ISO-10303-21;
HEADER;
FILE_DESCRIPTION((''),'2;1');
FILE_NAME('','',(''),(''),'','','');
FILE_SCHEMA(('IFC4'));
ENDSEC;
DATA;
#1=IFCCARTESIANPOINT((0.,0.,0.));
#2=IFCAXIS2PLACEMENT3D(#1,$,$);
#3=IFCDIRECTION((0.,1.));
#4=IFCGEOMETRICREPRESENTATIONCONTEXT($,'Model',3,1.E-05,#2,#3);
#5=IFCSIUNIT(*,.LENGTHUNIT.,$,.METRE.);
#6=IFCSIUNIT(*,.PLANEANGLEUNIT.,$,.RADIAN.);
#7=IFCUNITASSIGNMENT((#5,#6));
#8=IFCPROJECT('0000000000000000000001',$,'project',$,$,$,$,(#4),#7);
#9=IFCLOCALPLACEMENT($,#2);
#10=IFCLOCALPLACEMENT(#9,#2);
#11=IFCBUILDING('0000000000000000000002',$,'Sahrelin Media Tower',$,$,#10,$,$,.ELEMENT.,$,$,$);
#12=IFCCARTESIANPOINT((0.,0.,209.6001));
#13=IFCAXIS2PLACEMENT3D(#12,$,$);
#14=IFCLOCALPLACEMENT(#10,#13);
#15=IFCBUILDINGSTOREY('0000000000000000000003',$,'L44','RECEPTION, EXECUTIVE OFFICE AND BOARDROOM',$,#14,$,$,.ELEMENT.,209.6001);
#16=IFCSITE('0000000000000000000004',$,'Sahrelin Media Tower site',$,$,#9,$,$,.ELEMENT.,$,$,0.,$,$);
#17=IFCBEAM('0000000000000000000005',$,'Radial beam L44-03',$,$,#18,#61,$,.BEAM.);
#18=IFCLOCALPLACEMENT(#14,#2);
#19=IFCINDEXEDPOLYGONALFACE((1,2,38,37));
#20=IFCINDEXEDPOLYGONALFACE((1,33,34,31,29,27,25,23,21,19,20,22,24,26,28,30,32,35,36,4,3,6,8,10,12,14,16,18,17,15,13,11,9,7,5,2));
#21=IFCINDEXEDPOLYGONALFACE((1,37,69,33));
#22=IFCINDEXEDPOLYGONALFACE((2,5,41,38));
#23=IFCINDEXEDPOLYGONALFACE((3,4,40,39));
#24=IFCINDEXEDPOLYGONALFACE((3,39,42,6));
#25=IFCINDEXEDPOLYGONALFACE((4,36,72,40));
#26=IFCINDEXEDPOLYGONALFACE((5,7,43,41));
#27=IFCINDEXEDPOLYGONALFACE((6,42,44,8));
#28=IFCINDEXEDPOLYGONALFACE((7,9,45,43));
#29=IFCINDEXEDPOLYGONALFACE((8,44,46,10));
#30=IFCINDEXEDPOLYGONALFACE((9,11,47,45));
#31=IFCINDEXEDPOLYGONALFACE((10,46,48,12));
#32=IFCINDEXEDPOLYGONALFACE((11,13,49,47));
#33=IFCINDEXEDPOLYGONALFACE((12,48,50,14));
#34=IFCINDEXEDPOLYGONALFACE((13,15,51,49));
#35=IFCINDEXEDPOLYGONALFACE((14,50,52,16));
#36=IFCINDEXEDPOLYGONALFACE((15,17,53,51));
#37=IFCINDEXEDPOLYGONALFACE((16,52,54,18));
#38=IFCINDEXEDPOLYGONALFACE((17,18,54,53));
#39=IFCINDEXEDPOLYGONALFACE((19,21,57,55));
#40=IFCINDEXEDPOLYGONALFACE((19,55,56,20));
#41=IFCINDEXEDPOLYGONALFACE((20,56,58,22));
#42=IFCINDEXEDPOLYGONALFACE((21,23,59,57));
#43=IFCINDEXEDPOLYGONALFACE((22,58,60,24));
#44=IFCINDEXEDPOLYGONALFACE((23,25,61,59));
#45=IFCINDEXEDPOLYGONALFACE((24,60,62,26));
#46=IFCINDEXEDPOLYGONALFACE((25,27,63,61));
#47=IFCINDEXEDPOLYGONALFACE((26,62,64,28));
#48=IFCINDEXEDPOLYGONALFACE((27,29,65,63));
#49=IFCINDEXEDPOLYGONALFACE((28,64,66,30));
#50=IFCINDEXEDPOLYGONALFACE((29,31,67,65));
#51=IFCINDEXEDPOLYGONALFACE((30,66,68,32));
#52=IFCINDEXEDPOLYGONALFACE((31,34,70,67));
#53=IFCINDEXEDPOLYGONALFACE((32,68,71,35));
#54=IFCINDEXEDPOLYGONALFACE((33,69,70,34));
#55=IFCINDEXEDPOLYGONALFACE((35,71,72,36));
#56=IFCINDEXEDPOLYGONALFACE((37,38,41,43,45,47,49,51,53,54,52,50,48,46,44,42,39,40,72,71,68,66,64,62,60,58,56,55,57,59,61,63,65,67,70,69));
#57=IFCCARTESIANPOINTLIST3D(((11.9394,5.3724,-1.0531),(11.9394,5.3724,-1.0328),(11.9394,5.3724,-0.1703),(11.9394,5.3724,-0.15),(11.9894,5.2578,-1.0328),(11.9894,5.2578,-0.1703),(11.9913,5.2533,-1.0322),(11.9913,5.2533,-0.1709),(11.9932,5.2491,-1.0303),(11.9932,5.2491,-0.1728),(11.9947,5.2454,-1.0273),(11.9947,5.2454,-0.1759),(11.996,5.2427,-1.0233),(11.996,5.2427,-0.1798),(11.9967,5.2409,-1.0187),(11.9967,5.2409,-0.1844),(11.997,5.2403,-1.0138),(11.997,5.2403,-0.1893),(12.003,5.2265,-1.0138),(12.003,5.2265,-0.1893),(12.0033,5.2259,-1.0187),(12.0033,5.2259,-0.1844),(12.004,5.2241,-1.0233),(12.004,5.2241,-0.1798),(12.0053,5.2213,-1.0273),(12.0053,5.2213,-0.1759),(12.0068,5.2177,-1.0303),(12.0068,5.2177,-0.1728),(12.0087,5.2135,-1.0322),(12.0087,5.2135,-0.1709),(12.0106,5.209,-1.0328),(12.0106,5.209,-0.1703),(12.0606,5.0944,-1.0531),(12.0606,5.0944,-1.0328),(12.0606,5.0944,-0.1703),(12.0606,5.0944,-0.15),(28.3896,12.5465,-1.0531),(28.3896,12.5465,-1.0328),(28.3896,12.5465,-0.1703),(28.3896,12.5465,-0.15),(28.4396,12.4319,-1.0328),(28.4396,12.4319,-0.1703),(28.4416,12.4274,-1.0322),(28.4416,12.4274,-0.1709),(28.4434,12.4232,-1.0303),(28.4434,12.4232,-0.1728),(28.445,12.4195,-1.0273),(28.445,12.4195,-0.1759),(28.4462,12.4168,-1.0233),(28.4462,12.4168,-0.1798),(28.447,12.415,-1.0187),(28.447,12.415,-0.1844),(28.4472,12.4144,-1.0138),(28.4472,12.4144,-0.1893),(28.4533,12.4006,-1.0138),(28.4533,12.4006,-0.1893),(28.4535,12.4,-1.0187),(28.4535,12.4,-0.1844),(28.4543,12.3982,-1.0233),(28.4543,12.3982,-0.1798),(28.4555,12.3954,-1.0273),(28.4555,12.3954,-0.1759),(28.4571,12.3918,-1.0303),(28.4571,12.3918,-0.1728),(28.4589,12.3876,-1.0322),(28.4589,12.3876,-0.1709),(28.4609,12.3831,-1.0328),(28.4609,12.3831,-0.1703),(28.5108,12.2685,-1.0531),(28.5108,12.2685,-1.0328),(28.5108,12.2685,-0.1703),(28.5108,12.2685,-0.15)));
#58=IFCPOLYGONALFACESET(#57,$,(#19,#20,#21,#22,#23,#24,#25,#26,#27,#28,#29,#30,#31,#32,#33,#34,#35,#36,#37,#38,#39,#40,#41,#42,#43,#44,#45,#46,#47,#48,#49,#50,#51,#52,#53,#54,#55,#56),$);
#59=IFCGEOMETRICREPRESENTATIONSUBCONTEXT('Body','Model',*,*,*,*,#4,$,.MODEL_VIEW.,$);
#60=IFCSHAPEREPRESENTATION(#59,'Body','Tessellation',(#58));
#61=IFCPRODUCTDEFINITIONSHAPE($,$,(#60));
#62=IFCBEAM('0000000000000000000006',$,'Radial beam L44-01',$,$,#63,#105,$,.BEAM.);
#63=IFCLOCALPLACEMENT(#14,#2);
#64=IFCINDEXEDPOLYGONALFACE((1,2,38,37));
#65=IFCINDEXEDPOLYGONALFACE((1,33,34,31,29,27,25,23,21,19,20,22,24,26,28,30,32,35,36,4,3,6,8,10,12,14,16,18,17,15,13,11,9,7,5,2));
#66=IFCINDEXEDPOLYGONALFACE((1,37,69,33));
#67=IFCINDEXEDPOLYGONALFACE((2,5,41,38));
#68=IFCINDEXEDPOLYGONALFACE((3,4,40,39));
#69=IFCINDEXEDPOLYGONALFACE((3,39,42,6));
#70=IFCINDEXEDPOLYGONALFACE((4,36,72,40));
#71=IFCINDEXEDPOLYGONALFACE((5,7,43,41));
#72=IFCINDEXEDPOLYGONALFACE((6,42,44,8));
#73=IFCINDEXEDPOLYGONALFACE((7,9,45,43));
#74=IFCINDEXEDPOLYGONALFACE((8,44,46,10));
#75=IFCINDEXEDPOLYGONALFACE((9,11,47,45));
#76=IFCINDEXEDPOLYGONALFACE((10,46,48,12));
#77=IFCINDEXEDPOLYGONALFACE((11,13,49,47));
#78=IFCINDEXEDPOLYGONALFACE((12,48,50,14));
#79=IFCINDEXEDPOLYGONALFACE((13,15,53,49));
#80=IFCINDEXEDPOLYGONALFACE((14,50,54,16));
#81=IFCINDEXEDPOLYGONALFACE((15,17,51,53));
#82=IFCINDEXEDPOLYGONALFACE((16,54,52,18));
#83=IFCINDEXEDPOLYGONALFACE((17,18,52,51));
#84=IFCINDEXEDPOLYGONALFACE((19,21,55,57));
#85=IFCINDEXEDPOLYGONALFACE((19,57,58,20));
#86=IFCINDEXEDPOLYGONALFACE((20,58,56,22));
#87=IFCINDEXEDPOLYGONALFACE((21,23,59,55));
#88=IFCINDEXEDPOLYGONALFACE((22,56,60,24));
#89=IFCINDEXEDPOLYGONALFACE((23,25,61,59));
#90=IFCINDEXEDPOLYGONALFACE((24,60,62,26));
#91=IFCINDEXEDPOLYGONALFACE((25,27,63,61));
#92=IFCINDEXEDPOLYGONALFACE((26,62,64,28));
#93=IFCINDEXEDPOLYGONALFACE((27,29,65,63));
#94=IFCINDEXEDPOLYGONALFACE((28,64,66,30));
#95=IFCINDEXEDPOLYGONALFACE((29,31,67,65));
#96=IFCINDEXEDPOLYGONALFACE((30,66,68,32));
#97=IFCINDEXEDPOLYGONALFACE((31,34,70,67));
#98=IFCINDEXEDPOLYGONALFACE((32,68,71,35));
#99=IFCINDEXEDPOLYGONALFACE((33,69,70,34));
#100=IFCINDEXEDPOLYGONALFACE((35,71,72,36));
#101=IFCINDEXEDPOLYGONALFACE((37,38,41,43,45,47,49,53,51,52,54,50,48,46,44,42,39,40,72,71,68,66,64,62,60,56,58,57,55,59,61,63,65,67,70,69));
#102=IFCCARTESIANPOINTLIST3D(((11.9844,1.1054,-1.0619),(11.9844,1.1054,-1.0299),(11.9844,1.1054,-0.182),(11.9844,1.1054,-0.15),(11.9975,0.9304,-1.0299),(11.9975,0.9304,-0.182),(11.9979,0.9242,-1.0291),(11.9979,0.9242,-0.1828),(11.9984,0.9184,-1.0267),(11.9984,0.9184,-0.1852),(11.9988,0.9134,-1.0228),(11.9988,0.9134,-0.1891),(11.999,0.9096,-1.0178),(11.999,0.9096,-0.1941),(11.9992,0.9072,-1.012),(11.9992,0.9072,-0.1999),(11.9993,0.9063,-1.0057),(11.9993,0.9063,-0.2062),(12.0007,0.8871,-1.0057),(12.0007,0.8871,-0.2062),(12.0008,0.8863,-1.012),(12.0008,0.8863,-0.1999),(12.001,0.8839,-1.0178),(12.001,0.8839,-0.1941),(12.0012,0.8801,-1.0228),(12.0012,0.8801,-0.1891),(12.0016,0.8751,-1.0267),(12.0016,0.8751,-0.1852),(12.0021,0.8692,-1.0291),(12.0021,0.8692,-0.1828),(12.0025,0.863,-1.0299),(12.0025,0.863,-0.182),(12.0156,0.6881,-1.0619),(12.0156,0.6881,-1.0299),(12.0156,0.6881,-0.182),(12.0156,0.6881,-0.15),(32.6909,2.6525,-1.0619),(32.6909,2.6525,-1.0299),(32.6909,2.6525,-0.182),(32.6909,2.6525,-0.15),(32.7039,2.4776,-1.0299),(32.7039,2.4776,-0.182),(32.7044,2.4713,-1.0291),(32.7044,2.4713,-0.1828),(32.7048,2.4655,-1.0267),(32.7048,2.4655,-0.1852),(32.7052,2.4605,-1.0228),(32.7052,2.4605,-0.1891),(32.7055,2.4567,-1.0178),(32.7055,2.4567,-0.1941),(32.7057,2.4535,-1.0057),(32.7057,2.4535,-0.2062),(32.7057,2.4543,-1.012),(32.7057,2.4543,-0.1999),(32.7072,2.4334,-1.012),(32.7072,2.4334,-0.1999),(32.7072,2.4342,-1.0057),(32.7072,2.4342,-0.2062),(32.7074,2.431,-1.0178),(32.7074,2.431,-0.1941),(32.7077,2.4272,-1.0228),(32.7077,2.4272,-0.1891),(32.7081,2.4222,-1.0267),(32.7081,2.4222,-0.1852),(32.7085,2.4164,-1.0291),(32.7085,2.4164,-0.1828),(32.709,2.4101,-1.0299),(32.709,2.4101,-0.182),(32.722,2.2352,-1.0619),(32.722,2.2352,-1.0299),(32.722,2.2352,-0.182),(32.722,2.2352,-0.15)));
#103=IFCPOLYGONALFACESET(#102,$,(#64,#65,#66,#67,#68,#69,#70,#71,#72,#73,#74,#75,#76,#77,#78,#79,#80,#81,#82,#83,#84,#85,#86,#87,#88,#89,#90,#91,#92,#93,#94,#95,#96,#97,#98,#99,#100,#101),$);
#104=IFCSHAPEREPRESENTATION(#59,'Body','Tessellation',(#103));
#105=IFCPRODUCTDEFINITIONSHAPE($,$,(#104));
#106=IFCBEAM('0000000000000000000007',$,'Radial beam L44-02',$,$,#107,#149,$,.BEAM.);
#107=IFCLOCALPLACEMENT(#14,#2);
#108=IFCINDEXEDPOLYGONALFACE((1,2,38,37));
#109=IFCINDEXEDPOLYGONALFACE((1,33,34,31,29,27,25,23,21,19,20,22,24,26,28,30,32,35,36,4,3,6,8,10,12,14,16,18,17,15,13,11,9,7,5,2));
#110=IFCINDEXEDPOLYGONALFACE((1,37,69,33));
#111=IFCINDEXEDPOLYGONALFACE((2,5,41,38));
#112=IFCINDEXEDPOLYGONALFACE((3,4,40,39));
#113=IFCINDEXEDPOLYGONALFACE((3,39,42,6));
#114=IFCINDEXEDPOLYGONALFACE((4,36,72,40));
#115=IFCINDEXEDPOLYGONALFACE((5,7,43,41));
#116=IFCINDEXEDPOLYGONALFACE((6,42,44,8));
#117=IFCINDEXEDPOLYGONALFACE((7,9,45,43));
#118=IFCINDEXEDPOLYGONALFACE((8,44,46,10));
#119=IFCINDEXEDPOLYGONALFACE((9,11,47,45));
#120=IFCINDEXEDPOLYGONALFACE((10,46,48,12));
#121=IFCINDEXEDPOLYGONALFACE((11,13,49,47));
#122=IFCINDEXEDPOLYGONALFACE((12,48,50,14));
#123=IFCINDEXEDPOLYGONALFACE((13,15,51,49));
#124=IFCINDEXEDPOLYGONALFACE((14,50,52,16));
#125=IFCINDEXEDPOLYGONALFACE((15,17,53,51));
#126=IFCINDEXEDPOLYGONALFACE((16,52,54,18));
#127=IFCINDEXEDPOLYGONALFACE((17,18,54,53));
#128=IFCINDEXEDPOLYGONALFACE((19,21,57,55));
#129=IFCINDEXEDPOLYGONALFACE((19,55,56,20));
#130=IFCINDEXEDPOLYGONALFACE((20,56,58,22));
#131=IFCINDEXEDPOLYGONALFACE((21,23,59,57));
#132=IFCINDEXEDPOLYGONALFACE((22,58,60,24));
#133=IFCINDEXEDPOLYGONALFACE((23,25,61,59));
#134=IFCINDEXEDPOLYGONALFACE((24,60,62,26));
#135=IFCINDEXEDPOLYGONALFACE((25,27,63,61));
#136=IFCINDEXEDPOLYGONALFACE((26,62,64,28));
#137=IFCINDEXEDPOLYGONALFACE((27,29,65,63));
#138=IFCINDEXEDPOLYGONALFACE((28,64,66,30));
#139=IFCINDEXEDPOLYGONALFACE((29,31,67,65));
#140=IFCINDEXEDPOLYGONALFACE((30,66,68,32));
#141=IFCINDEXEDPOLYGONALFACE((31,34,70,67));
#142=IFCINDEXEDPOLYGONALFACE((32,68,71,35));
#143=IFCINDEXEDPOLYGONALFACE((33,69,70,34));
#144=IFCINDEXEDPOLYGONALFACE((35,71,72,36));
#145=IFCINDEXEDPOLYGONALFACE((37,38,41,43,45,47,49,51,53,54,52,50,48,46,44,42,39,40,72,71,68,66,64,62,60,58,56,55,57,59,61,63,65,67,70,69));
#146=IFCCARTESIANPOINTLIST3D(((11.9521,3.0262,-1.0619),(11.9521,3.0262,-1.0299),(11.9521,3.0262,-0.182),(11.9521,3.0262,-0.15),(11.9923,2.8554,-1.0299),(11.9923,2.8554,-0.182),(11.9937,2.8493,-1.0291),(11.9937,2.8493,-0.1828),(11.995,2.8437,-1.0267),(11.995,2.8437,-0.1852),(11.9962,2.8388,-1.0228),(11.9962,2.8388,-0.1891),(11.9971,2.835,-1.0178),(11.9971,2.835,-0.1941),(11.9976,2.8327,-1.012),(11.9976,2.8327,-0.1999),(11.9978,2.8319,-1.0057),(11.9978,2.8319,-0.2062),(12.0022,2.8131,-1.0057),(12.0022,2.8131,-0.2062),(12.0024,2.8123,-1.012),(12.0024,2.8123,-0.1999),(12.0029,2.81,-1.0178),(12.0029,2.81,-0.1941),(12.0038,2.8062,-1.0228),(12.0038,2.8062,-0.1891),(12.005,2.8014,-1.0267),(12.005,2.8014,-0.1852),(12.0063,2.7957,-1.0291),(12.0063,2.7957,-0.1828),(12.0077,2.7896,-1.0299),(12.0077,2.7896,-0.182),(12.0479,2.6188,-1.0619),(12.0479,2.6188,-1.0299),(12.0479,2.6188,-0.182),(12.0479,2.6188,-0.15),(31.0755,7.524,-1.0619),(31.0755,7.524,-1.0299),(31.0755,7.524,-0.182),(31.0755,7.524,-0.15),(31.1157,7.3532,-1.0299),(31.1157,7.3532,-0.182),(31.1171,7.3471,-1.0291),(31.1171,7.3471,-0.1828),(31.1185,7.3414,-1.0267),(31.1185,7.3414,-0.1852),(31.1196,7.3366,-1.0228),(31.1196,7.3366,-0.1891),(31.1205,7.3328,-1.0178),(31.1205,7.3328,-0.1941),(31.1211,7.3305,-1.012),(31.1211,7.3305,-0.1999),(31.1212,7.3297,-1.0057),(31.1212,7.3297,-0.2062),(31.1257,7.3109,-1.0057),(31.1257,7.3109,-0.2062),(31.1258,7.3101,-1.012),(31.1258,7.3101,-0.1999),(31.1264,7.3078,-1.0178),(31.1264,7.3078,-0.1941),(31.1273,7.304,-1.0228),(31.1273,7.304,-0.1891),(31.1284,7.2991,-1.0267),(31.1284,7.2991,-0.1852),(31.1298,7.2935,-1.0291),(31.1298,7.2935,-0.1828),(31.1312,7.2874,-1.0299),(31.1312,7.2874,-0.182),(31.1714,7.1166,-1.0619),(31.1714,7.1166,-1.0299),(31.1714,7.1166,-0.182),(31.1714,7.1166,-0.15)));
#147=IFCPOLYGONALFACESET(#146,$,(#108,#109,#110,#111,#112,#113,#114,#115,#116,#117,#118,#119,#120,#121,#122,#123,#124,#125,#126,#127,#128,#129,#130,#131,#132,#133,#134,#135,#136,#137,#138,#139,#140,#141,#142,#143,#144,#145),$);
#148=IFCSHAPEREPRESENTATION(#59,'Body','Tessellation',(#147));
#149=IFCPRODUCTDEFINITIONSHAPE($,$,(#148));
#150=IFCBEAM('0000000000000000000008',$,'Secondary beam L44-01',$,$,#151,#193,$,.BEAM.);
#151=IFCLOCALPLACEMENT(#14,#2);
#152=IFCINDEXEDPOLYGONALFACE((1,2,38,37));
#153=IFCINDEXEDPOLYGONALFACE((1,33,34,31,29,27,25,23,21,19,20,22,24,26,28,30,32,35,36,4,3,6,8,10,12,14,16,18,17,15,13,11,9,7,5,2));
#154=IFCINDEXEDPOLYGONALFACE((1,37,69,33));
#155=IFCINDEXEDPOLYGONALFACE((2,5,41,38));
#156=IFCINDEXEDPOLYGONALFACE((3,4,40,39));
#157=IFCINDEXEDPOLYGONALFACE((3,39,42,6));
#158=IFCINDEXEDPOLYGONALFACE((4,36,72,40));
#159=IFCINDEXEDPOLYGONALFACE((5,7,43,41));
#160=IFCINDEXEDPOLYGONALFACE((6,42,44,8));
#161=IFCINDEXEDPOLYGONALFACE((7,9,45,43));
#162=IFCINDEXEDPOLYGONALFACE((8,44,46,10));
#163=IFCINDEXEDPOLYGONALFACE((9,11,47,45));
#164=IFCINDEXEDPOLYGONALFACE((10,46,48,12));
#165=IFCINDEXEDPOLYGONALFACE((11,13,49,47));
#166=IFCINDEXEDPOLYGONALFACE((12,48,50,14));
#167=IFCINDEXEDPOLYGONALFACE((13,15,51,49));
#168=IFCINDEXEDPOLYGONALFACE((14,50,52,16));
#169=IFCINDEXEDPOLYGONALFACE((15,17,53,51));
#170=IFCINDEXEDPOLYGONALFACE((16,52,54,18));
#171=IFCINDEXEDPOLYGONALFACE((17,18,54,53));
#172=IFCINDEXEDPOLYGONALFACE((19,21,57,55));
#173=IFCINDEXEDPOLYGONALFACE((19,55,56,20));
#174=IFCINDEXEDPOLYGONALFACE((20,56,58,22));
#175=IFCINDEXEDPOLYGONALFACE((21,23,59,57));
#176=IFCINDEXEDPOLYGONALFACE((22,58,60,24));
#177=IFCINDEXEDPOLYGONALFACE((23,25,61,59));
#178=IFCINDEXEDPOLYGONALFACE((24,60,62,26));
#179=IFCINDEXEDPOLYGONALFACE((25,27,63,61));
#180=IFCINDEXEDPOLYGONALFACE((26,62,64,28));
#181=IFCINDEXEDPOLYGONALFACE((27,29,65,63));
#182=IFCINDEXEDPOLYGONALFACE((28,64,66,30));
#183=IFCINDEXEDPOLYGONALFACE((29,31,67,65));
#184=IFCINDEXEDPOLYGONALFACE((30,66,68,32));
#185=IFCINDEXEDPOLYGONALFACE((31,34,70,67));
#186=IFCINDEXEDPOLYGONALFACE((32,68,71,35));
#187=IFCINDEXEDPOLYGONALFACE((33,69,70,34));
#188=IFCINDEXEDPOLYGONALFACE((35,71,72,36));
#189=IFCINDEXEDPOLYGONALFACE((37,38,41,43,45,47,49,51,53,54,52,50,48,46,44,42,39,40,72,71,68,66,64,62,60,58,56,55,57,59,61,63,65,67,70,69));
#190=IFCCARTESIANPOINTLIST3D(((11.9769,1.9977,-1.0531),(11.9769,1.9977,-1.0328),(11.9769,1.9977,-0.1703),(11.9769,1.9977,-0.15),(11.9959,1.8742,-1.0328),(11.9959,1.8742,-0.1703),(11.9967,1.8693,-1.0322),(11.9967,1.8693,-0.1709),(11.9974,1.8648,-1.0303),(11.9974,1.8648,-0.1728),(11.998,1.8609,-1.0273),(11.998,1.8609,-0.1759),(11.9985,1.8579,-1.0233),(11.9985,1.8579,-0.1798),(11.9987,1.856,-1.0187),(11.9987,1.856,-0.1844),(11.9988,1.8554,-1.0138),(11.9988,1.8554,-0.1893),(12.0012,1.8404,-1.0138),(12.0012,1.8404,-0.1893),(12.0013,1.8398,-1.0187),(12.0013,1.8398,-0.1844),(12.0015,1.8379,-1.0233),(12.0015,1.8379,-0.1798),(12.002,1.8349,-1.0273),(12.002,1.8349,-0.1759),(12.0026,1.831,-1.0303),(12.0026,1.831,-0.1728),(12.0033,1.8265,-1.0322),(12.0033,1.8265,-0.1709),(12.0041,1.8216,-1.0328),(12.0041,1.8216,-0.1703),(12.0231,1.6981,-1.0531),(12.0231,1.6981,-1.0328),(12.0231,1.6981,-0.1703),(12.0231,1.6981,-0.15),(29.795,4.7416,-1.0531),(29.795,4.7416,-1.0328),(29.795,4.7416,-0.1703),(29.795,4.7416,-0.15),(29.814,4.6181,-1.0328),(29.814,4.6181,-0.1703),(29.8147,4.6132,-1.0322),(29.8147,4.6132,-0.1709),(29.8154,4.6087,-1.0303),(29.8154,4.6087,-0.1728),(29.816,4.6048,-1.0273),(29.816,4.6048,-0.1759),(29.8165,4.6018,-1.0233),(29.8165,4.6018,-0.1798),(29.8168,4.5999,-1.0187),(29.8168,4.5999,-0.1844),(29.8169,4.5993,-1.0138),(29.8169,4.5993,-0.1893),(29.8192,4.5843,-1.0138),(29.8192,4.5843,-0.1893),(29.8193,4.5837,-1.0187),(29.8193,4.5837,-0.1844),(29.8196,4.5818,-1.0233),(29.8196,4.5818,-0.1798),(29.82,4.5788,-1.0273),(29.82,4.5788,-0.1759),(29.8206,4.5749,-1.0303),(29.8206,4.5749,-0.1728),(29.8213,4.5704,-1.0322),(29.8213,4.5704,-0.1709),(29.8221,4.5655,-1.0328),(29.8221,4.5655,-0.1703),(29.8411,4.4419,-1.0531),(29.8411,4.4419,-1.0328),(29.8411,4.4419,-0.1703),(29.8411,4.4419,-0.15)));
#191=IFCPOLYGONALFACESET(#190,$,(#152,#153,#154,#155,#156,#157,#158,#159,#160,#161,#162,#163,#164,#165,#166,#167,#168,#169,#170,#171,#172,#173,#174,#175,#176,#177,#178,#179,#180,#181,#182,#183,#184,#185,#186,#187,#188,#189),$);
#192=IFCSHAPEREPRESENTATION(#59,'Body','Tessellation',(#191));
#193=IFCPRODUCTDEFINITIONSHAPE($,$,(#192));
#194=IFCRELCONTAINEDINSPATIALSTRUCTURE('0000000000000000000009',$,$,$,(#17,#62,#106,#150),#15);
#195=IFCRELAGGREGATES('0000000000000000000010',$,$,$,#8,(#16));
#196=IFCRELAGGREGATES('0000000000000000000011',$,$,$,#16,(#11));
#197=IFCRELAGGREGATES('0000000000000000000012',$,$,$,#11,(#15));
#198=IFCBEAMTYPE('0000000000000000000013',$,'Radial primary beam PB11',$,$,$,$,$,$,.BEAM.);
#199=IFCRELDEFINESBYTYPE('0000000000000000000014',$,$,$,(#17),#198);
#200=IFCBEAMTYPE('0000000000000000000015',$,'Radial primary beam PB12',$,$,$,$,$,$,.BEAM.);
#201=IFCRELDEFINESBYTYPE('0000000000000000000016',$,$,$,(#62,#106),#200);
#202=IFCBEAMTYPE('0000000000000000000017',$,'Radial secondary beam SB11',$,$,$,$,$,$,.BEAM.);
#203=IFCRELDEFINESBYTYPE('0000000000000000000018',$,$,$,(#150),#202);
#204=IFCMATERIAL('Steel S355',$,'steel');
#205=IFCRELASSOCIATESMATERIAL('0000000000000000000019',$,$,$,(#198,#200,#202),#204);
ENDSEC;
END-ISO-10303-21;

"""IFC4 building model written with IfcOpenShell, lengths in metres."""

from ifc_helpers import new_model, si_unit, direction, frame, origin, origin_2d, place, context, subcontext, project, spatial, i_section, extrude, material, material_profile, profile_set, type_object, element, save


model = new_model("IFC4")

# Units and contexts
model_context = context("Model", 3, precision=1e-05, world=origin(), true_north=direction((0.0, 1.0)))
body_context = subcontext(model_context, "Body", "Model", "MODEL_VIEW")
ifc_project = project(units=[si_unit("LENGTHUNIT", "METRE"), si_unit("PLANEANGLEUNIT", "RADIAN")], contexts=[model_context])

# Site, building, storey
site_placement = place(None, origin())
site = spatial("IfcSite", under=ifc_project, at=site_placement, Name="Sahrelin Media Tower site", CompositionType="ELEMENT", RefElevation=0.0)
building_placement = place(site_placement, origin())
building = spatial("IfcBuilding", under=site, at=building_placement, Name="Sahrelin Media Tower", CompositionType="ELEMENT")
storey_placement = place(building_placement, frame((0.0, 0.0, 209.6001)))
storey = spatial("IfcBuildingStorey", under=building, at=storey_placement, Name="L44", Description="RECEPTION, EXECUTIVE OFFICE AND BOARDROOM", CompositionType="ELEMENT", Elevation=209.6001)

# Beams
ifc_material_1 = material(Name="Steel S355", Category="steel")
ifc_material_profile_1 = material_profile(ifc_material_1, i_section(OverallWidth=0.3032, OverallDepth=0.9031, WebThickness=0.0151, FlangeThickness=0.0203, FilletRadius=0.019, at=origin_2d()), Name="UB 914x305x201")
ifc_profile_set_1 = profile_set([ifc_material_profile_1], Name="Steel S355")
beam_type_1 = type_object("IfcBeamType", Name="Radial primary beam PB11", PredefinedType="BEAM", material=ifc_profile_set_1)
beam_1_placement = place(storey_placement, frame((12.0, 5.2334, -0.6016), z_axis=(0.916625, 0.399748, 0.0), x_axis=(-0.399748, 0.916625, 0.0)))
element("IfcBeam", 1, at=beam_1_placement, inside=storey, type_object=beam_type_1, Name="Radial beam L44-03", PredefinedType="BEAM", context=body_context, shape_type="SweptSolid", body=[
    extrude(i_section(OverallWidth=0.3032, OverallDepth=0.9031, WebThickness=0.0151, FlangeThickness=0.0203, FilletRadius=0.019, at=origin_2d()), origin(), (0.0, 0.0, 1.0), 17.9465),
])
ifc_material_profile_2 = material_profile(ifc_material_1, i_section(OverallWidth=0.4185, OverallDepth=0.9119, WebThickness=0.0193, FlangeThickness=0.032, FilletRadius=0.0242, at=origin_2d()), Name="UB 914x419x343")
ifc_profile_set_2 = profile_set([ifc_material_profile_2], Name="Steel S355")
beam_type_2 = type_object("IfcBeamType", Name="Radial primary beam PB12", PredefinedType="BEAM", material=ifc_profile_set_2)
beam_2_placement = place(storey_placement, frame((12.0, 0.8967, -0.606), z_axis=(0.99722, 0.074509, 0.0), x_axis=(-0.074509, 0.99722, 0.0)))
element("IfcBeam", 2, at=beam_2_placement, inside=storey, type_object=beam_type_2, Name="Radial beam L44-01", PredefinedType="BEAM", context=body_context, shape_type="SweptSolid", body=[
    extrude(i_section(OverallWidth=0.4185, OverallDepth=0.9119, WebThickness=0.0193, FlangeThickness=0.032, FilletRadius=0.0242, at=origin_2d()), origin(), (0.0, 0.0, 1.0), 20.7642),
])
beam_3_placement = place(storey_placement, frame((12.0, 2.8225, -0.606), z_axis=(0.973438, 0.22895, 0.0), x_axis=(-0.22895, 0.973438, 0.0)))
element("IfcBeam", 3, at=beam_3_placement, inside=storey, type_object=beam_type_2, Name="Radial beam L44-02", PredefinedType="BEAM", context=body_context, shape_type="SweptSolid", body=[
    extrude(i_section(OverallWidth=0.4185, OverallDepth=0.9119, WebThickness=0.0193, FlangeThickness=0.032, FilletRadius=0.0242, at=origin_2d()), origin(), (0.0, 0.0, 1.0), 19.6453),
])
ifc_material_profile_3 = material_profile(ifc_material_1, i_section(OverallWidth=0.3032, OverallDepth=0.9031, WebThickness=0.0151, FlangeThickness=0.0203, FilletRadius=0.019, at=origin_2d()), Name="UB 914x305x201")
ifc_profile_set_3 = profile_set([ifc_material_profile_3], Name="Steel S355")
beam_type_3 = type_object("IfcBeamType", Name="Radial secondary beam SB11", PredefinedType="BEAM", material=ifc_profile_set_3)
beam_4_placement = place(storey_placement, frame((12.0, 1.8479, -0.6016), z_axis=(0.98835, 0.152201, 0.0), x_axis=(-0.152201, 0.98835, 0.0)))
element("IfcBeam", 4, at=beam_4_placement, inside=storey, type_object=beam_type_3, Name="Secondary beam L44-01", PredefinedType="BEAM", context=body_context, shape_type="SweptSolid", body=[
    extrude(i_section(OverallWidth=0.3032, OverallDepth=0.9031, WebThickness=0.0151, FlangeThickness=0.0203, FilletRadius=0.019, at=origin_2d()), origin(), (0.0, 0.0, 1.0), 18.0281),
])

save(model, "model.ifc")
